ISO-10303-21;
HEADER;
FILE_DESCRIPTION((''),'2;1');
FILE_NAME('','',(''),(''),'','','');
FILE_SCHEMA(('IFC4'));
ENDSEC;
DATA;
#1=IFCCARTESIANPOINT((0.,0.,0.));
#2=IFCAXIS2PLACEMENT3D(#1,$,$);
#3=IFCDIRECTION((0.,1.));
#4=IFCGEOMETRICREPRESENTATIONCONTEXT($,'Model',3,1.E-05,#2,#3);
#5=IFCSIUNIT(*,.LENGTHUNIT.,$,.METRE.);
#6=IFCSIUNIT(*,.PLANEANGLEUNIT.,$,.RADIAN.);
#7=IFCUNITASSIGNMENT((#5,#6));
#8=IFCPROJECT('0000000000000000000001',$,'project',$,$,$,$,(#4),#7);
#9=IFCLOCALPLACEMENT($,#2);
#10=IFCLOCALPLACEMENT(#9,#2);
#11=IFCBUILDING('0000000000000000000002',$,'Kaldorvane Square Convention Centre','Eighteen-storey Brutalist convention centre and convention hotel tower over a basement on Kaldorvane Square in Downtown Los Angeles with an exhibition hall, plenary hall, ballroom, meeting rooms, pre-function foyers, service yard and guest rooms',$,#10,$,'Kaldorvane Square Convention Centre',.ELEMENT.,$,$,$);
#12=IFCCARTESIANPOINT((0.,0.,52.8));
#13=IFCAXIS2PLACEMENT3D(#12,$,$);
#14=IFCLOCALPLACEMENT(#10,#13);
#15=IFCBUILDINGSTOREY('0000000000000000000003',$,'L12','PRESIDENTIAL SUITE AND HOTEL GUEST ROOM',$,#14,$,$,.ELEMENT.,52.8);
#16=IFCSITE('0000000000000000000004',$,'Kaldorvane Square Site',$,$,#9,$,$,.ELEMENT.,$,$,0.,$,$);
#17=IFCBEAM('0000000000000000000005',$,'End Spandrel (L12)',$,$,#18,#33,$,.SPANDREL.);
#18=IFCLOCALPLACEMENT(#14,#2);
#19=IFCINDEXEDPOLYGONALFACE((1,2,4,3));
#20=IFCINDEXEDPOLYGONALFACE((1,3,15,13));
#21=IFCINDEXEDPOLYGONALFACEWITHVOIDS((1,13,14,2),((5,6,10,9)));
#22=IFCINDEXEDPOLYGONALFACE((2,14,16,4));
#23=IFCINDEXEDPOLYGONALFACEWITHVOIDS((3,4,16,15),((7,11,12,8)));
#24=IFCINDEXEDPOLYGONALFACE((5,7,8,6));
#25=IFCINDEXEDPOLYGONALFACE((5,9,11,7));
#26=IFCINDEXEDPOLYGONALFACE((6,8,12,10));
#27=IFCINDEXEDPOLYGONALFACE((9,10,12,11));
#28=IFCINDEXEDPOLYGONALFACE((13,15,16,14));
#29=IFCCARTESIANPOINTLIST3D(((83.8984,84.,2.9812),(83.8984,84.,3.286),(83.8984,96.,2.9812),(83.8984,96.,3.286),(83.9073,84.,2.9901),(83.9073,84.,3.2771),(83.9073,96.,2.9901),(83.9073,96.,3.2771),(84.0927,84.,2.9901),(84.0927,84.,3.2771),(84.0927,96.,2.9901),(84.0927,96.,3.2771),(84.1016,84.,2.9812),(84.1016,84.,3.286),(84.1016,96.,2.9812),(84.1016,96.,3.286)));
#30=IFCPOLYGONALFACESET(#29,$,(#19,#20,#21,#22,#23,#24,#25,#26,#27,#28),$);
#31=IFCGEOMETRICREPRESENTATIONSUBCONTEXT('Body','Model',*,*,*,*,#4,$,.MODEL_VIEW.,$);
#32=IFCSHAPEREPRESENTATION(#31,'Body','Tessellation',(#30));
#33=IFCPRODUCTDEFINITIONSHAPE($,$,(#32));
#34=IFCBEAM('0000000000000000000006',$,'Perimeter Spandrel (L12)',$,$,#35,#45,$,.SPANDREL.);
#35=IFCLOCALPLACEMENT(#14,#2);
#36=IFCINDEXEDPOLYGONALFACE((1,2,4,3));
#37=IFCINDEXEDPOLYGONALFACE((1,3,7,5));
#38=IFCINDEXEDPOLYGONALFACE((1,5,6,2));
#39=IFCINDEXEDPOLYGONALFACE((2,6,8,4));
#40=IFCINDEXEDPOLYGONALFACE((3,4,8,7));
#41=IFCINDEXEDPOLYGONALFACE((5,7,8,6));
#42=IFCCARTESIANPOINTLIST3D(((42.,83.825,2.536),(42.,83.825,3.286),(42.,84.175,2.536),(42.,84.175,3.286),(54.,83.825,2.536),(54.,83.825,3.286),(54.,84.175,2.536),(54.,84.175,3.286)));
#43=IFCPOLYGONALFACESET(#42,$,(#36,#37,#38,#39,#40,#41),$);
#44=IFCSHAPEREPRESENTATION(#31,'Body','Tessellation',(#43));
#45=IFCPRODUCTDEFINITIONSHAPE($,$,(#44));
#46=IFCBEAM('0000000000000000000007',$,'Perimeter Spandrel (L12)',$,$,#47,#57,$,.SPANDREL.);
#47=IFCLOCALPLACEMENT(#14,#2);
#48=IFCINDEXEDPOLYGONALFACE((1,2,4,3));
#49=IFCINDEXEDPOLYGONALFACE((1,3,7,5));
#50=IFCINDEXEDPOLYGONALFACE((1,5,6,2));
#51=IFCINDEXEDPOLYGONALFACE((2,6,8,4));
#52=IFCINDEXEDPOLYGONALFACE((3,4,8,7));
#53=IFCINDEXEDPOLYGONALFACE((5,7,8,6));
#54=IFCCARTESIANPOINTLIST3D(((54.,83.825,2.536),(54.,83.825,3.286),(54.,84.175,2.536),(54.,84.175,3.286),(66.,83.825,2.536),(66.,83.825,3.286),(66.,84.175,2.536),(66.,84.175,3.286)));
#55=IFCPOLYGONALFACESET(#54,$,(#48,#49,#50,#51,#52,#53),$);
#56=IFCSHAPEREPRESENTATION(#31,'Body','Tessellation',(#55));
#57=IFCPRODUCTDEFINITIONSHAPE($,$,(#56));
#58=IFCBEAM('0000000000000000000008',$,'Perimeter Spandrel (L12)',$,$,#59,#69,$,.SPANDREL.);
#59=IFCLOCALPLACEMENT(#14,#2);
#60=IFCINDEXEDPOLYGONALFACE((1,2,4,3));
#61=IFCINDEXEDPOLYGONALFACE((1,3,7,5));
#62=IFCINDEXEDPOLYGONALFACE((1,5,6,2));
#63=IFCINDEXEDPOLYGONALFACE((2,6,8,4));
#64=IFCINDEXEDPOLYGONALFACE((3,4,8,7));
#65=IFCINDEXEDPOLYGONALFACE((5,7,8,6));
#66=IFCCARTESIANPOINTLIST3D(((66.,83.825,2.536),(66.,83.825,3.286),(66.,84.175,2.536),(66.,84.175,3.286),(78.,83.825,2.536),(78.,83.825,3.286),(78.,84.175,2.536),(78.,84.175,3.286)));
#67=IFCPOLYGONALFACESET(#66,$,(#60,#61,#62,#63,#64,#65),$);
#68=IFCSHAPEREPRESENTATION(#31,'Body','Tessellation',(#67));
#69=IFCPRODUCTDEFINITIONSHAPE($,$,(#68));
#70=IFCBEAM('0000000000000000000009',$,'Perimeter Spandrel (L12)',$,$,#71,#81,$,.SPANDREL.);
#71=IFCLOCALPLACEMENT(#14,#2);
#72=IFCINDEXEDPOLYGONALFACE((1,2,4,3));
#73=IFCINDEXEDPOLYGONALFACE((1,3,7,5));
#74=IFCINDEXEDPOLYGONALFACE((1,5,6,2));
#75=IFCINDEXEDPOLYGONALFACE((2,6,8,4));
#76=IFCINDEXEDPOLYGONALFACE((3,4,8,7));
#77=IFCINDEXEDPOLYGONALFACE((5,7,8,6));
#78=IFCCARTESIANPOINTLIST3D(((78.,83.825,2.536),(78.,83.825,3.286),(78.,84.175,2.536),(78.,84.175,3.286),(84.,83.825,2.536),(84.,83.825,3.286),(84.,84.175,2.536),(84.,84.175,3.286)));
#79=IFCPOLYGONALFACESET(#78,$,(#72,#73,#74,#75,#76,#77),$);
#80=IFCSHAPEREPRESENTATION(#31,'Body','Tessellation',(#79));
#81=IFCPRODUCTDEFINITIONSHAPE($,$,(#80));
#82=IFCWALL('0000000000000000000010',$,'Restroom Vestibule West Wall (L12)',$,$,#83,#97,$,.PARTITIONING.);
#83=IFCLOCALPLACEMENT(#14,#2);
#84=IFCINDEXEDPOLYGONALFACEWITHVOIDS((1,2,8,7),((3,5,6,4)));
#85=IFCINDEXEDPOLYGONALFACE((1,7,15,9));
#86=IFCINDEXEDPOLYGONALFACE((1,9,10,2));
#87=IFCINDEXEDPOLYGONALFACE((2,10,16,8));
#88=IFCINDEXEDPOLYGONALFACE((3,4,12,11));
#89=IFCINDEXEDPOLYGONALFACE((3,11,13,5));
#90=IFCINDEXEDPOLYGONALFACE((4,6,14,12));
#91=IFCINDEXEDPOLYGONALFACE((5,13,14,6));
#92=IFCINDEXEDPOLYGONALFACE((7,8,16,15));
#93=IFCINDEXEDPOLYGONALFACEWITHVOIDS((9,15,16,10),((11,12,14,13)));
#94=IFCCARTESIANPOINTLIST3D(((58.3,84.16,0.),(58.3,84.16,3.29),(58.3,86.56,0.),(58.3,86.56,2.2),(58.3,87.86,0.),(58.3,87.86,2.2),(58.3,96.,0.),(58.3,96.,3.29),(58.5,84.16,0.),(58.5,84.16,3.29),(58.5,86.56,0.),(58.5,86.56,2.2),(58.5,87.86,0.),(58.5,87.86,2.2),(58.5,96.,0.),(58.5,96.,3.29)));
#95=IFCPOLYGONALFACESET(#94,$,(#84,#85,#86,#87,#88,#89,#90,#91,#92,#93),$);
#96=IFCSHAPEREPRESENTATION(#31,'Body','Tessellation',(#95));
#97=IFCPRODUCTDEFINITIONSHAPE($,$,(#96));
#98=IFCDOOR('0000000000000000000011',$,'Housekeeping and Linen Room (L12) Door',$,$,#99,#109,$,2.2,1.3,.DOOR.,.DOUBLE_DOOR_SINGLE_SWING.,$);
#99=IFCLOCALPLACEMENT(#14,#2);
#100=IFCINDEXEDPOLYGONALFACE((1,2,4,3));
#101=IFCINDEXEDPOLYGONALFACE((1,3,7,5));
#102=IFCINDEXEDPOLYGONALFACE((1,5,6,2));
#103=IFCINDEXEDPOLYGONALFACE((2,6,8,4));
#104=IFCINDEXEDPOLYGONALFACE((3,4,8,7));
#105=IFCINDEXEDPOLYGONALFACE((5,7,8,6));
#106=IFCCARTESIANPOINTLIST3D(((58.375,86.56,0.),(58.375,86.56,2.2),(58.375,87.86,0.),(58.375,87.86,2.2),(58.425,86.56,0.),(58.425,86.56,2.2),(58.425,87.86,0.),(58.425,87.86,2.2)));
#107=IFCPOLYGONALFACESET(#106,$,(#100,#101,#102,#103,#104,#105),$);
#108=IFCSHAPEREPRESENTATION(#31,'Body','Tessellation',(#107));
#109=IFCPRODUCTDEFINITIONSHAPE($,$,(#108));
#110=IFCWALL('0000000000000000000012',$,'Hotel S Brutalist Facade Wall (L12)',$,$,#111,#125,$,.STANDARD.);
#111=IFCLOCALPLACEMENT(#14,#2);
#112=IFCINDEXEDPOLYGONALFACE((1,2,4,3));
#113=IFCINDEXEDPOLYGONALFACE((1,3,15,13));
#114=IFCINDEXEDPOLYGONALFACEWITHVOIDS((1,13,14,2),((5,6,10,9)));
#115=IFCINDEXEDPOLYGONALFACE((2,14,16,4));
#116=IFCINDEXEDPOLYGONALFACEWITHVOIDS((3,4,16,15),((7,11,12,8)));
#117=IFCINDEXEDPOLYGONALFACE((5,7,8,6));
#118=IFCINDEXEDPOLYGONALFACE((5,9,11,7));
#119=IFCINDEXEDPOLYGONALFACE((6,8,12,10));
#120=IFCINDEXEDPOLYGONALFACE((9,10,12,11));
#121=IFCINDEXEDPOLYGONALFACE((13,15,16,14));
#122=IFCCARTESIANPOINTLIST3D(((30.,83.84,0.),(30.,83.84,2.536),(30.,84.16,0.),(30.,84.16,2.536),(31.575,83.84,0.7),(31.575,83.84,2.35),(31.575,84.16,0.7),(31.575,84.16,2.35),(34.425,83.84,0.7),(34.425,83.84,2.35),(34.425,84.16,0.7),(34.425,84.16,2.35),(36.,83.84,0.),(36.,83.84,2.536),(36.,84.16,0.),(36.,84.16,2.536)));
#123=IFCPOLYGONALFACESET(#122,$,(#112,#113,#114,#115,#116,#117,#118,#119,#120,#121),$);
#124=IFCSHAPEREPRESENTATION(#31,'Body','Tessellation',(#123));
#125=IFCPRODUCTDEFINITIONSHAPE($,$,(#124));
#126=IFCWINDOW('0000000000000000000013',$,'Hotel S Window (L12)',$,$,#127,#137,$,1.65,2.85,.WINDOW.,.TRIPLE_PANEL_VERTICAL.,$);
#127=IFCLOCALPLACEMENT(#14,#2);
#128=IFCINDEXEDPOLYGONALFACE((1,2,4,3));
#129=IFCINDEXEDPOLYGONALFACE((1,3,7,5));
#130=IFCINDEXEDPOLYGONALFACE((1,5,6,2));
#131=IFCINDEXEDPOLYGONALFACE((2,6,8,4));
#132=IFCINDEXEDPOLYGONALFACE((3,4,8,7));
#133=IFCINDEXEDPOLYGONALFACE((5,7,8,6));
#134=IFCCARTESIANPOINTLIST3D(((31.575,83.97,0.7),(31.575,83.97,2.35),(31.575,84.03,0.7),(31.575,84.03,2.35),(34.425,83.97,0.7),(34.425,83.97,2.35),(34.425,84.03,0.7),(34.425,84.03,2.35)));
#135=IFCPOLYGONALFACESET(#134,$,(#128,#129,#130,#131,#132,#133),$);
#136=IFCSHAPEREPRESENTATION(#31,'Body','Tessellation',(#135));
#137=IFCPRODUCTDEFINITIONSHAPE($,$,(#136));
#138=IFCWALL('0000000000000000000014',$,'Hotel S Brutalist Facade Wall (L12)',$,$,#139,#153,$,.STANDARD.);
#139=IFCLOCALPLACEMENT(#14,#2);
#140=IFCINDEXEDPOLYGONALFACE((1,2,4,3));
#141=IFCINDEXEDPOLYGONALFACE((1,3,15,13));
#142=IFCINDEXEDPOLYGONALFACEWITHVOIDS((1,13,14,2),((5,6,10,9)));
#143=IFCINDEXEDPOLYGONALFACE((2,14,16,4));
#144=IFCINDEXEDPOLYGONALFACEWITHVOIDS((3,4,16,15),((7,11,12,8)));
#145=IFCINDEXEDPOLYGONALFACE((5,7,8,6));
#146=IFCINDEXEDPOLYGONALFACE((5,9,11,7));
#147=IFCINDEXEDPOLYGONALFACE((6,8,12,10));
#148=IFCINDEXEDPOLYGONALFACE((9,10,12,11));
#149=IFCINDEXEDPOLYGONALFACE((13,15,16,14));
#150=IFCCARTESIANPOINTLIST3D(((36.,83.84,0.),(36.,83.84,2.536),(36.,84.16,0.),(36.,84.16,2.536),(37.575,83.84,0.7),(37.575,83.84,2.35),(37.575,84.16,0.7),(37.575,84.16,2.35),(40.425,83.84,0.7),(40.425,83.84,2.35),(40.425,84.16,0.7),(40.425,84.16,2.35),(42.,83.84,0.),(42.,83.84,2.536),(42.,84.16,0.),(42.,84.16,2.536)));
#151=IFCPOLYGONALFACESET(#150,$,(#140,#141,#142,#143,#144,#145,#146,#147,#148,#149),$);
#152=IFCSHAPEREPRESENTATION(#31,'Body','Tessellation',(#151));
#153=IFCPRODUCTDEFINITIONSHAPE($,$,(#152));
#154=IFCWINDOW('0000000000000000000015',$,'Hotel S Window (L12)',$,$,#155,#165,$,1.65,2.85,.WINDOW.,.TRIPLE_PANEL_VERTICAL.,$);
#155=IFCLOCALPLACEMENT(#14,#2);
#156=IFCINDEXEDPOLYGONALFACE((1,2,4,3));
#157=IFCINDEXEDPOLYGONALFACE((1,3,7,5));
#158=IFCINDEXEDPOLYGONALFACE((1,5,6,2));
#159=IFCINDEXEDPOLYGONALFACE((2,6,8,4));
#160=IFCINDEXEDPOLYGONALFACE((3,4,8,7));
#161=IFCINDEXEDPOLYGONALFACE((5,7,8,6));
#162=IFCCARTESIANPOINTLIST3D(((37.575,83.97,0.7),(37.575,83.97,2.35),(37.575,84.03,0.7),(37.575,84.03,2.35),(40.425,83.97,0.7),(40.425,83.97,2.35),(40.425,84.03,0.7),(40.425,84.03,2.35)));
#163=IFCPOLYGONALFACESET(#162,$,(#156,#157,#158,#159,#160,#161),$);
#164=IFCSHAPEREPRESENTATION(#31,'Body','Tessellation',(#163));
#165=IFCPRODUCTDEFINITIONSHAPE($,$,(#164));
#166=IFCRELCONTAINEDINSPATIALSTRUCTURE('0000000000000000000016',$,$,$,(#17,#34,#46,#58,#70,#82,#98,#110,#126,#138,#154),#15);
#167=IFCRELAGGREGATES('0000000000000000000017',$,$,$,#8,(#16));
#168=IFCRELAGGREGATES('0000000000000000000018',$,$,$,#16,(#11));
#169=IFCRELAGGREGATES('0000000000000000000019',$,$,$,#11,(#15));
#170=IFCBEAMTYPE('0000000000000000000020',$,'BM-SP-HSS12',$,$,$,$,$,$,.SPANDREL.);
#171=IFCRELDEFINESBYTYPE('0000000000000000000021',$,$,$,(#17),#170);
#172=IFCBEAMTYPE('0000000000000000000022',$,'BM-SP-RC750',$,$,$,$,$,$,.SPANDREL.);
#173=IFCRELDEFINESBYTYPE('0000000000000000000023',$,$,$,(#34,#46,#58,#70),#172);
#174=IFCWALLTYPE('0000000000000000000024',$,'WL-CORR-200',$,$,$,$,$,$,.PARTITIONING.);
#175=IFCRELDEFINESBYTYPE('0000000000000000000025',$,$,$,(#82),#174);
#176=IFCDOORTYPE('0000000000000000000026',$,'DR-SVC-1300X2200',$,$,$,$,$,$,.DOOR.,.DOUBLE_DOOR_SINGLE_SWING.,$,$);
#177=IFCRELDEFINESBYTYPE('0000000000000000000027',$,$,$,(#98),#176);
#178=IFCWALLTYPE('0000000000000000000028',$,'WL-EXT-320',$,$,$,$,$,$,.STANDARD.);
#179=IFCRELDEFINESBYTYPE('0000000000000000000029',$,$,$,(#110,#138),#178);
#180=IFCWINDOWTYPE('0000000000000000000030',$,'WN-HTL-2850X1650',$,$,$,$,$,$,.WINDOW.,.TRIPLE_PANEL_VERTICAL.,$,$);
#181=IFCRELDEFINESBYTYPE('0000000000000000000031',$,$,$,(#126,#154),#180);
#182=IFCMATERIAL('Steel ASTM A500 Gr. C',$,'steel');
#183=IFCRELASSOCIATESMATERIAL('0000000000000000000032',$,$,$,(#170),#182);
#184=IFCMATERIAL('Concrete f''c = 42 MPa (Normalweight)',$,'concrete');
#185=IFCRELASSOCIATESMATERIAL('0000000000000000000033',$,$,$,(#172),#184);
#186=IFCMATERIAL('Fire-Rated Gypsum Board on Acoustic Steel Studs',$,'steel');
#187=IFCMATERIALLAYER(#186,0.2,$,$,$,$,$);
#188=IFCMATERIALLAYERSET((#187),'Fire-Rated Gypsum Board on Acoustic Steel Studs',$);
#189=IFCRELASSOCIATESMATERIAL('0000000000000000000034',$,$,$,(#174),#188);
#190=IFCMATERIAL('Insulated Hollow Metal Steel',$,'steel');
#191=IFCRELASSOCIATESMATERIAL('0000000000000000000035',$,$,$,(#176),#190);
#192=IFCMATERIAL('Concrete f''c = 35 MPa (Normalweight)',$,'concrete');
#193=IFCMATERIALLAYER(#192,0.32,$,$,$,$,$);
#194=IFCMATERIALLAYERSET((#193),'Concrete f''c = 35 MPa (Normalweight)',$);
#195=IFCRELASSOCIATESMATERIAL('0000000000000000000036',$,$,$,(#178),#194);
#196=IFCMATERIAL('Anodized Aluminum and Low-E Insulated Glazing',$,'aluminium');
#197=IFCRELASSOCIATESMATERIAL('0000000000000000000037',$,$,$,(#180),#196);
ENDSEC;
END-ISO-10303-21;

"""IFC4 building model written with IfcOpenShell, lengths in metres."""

from ifc_helpers import new_model, si_unit, direction, frame, frame_2d, origin, origin_2d, place, context, subcontext, project, spatial, rectangle, hollow_rectangle, extrude, material, layer, layer_set, material_profile, profile_set, type_object, element, fill, save


model = new_model("IFC4")

# Units and contexts
model_context = context("Model", 3, precision=1e-05, world=origin(), true_north=direction((0.0, 1.0)))
body_context = subcontext(model_context, "Body", "Model", "MODEL_VIEW")
ifc_project = project(units=[si_unit("LENGTHUNIT", "METRE"), si_unit("PLANEANGLEUNIT", "RADIAN")], contexts=[model_context])

# Site, building, storey
site_placement = place(None, origin())
site = spatial("IfcSite", under=ifc_project, at=site_placement, Name="Kaldorvane Square Site", CompositionType="ELEMENT", RefElevation=0.0)
building_placement = place(site_placement, origin())
building = spatial("IfcBuilding", under=site, at=building_placement, Name="Kaldorvane Square Convention Centre", Description="Eighteen-storey Brutalist convention centre and convention hotel tower over a basement on Kaldorvane Square in Downtown Los Angeles with an exhibition hall, plenary hall, ballroom, meeting rooms, pre-function foyers, service yard and guest rooms", LongName="Kaldorvane Square Convention Centre", CompositionType="ELEMENT")
storey_placement = place(building_placement, frame((0.0, 0.0, 52.8)))
storey = spatial("IfcBuildingStorey", under=building, at=storey_placement, Name="L12", Description="PRESIDENTIAL SUITE AND HOTEL GUEST ROOM", CompositionType="ELEMENT", Elevation=52.8)

# Beams
ifc_material_1 = material(Name="Steel ASTM A500 Gr. C", Category="steel")
ifc_material_profile_1 = material_profile(ifc_material_1, hollow_rectangle(XDim=0.2032, YDim=0.3048, WallThickness=0.0089, at=origin_2d()), Name="HSS12X8X3/8")
ifc_profile_set_1 = profile_set([ifc_material_profile_1], Name="Steel ASTM A500 Gr. C")
beam_type_1 = type_object("IfcBeamType", Name="BM-SP-HSS12", PredefinedType="SPANDREL", material=ifc_profile_set_1)
for number, where, z_axis, x_axis, name in (
    (1, (84.0, 84.0, 3.1336), (0.0, 1.0, 0.0), (-1.0, 0.0, 0.0), "End Spandrel (L12)"),
):
    element("IfcBeam", number, at=place(storey_placement, frame(where, z_axis=z_axis, x_axis=x_axis)), inside=storey, type_object=beam_type_1, Name=name, PredefinedType="SPANDREL", context=body_context, shape_type="SweptSolid", body=[
        extrude(hollow_rectangle(XDim=0.2032, YDim=0.3048, WallThickness=0.0089, at=origin_2d()), origin(), (0.0, 0.0, 1.0), 12.0),
    ])
ifc_material_2 = material(Name="Concrete f'c = 42 MPa (Normalweight)", Category="concrete")
ifc_material_profile_2 = material_profile(ifc_material_2, rectangle(XDim=0.35, YDim=0.75, at=origin_2d()), Name="RCSP750X350")
ifc_profile_set_2 = profile_set([ifc_material_profile_2], Name="Concrete f'c = 42 MPa (Normalweight)")
beam_type_2 = type_object("IfcBeamType", Name="BM-SP-RC750", PredefinedType="SPANDREL", material=ifc_profile_set_2)
for number, where, z_axis, x_axis, name in (
    (2, (42.0, 84.0, 2.911), (1.0, 0.0, 0.0), (0.0, 1.0, 0.0), "Perimeter Spandrel (L12)"),
    (3, (54.0, 84.0, 2.911), (1.0, 0.0, 0.0), (0.0, 1.0, 0.0), "Perimeter Spandrel (L12)"),
    (4, (66.0, 84.0, 2.911), (1.0, 0.0, 0.0), (0.0, 1.0, 0.0), "Perimeter Spandrel (L12)"),
):
    element("IfcBeam", number, at=place(storey_placement, frame(where, z_axis=z_axis, x_axis=x_axis)), inside=storey, type_object=beam_type_2, Name=name, PredefinedType="SPANDREL", context=body_context, shape_type="SweptSolid", body=[
        extrude(rectangle(XDim=0.35, YDim=0.75, at=origin_2d()), origin(), (0.0, 0.0, 1.0), 12.0),
    ])
beam_placement = place(storey_placement, frame((78.0, 84.0, 2.911), z_axis=(1.0, 0.0, 0.0), x_axis=(0.0, 1.0, 0.0)))
element("IfcBeam", 5, at=beam_placement, inside=storey, type_object=beam_type_2, Name="Perimeter Spandrel (L12)", PredefinedType="SPANDREL", context=body_context, shape_type="SweptSolid", body=[
    extrude(rectangle(XDim=0.35, YDim=0.75, at=origin_2d()), origin(), (0.0, 0.0, 1.0), 6.0),
])

# Wall, opening, door
ifc_material_3 = material(Name="Fire-Rated Gypsum Board on Acoustic Steel Studs", Category="steel")
ifc_layer_1 = layer(ifc_material_3, 0.2)
ifc_layer_set_1 = layer_set([ifc_layer_1], Name="Fire-Rated Gypsum Board on Acoustic Steel Studs")
wall_type_1 = type_object("IfcWallType", Name="WL-CORR-200", PredefinedType="PARTITIONING", material=ifc_layer_set_1)
wall_1_placement = place(storey_placement, frame((58.4, 84.16, 0.0), z_axis=(0.0, 0.0, 1.0), x_axis=(0.0, 1.0, 0.0)))
wall_1 = element("IfcWall", 6, at=wall_1_placement, inside=storey, type_object=wall_type_1, Name="Restroom Vestibule West Wall (L12)", PredefinedType="PARTITIONING", context=body_context, shape_type="SweptSolid", body=[
    extrude(rectangle(XDim=11.84, YDim=0.2, at=frame_2d((5.92, 0.0))), origin(), (0.0, 0.0, 1.0), 3.29),
])
opening_1_placement = place(wall_1_placement, frame((2.4, 0.0, 0.0)))
opening_1 = element("IfcOpeningElement", 7, at=opening_1_placement, cuts=wall_1, PredefinedType="OPENING", context=body_context, shape_type="SweptSolid", body=[
    extrude(rectangle(XDim=1.3, YDim=2.2, at=frame_2d((0.65, 1.1))), frame((0.0, 0.115, 0.0), z_axis=(0.0, -1.0, 0.0), x_axis=(1.0, 0.0, 0.0)), (0.0, 0.0, 1.0), 0.23),
])
ifc_material_4 = material(Name="Insulated Hollow Metal Steel", Category="steel")
door_type = type_object("IfcDoorType", Name="DR-SVC-1300X2200", OperationType="DOUBLE_DOOR_SINGLE_SWING", PredefinedType="DOOR", material=ifc_material_4)
door_placement = place(opening_1_placement, origin())
door = element("IfcDoor", 8, at=door_placement, inside=storey, type_object=door_type, Name="Housekeeping and Linen Room (L12) Door", OperationType="DOUBLE_DOOR_SINGLE_SWING", OverallHeight=2.2, OverallWidth=1.3, PredefinedType="DOOR", context=body_context, shape_type="SweptSolid", body=[
    extrude(rectangle(XDim=1.3, YDim=2.2, at=frame_2d((0.65, 1.1))), frame((0.0, 0.025, 0.0), z_axis=(0.0, -1.0, 0.0), x_axis=(1.0, 0.0, 0.0)), (0.0, 0.0, 1.0), 0.05),
])
fill(opening_1, door)

# Walls, openings, windows
ifc_material_5 = material(Name="Concrete f'c = 35 MPa (Normalweight)", Category="concrete")
ifc_layer_2 = layer(ifc_material_5, 0.32)
ifc_layer_set_2 = layer_set([ifc_layer_2], Name="Concrete f'c = 35 MPa (Normalweight)")
wall_type_2 = type_object("IfcWallType", Name="WL-EXT-320", PredefinedType="STANDARD", material=ifc_layer_set_2)
wall_2_placement = place(storey_placement, frame((30.0, 84.0, 0.0), z_axis=(0.0, 0.0, 1.0), x_axis=(1.0, 0.0, 0.0)))
wall_2 = element("IfcWall", 9, at=wall_2_placement, inside=storey, type_object=wall_type_2, Name="Hotel S Brutalist Facade Wall (L12)", PredefinedType="STANDARD", context=body_context, shape_type="SweptSolid", body=[
    extrude(rectangle(XDim=6.0, YDim=0.32, at=frame_2d((3.0, 0.0))), origin(), (0.0, 0.0, 1.0), 2.536),
])
opening_2_placement = place(wall_2_placement, frame((1.575, 0.0, 0.7)))
opening_2 = element("IfcOpeningElement", 10, at=opening_2_placement, cuts=wall_2, PredefinedType="OPENING", context=body_context, shape_type="SweptSolid", body=[
    extrude(rectangle(XDim=2.85, YDim=1.65, at=frame_2d((1.425, 0.825))), frame((0.0, 0.175, 0.0), z_axis=(0.0, -1.0, 0.0), x_axis=(1.0, 0.0, 0.0)), (0.0, 0.0, 1.0), 0.35),
])
ifc_material_6 = material(Name="Anodized Aluminum and Low-E Insulated Glazing", Category="aluminium")
window_type_1 = type_object("IfcWindowType", Name="WN-HTL-2850X1650", PartitioningType="TRIPLE_PANEL_VERTICAL", PredefinedType="WINDOW", material=ifc_material_6)
window_1_placement = place(opening_2_placement, origin())
window_1 = element("IfcWindow", 11, at=window_1_placement, inside=storey, type_object=window_type_1, Name="Hotel S Window (L12)", OverallHeight=1.65, OverallWidth=2.85, PartitioningType="TRIPLE_PANEL_VERTICAL", PredefinedType="WINDOW", context=body_context, shape_type="SweptSolid", body=[
    extrude(rectangle(XDim=2.85, YDim=1.65, at=frame_2d((1.425, 0.825))), frame((0.0, 0.03, 0.0), z_axis=(0.0, -1.0, 0.0), x_axis=(1.0, 0.0, 0.0)), (0.0, 0.0, 1.0), 0.06),
])
fill(opening_2, window_1)
wall_3_placement = place(storey_placement, frame((36.0, 84.0, 0.0), z_axis=(0.0, 0.0, 1.0), x_axis=(1.0, 0.0, 0.0)))
wall_3 = element("IfcWall", 12, at=wall_3_placement, inside=storey, type_object=wall_type_2, Name="Hotel S Brutalist Facade Wall (L12)", PredefinedType="STANDARD", context=body_context, shape_type="SweptSolid", body=[
    extrude(rectangle(XDim=6.0, YDim=0.32, at=frame_2d((3.0, 0.0))), origin(), (0.0, 0.0, 1.0), 2.536),
])
opening_3_placement = place(wall_3_placement, frame((1.575, 0.0, 0.7)))
opening_3 = element("IfcOpeningElement", 13, at=opening_3_placement, cuts=wall_3, PredefinedType="OPENING", context=body_context, shape_type="SweptSolid", body=[
    extrude(rectangle(XDim=2.85, YDim=1.65, at=frame_2d((1.425, 0.825))), frame((0.0, 0.175, 0.0), z_axis=(0.0, -1.0, 0.0), x_axis=(1.0, 0.0, 0.0)), (0.0, 0.0, 1.0), 0.35),
])
window_2_placement = place(opening_3_placement, origin())
window_2 = element("IfcWindow", 14, at=window_2_placement, inside=storey, type_object=window_type_1, Name="Hotel S Window (L12)", OverallHeight=1.65, OverallWidth=2.85, PartitioningType="TRIPLE_PANEL_VERTICAL", PredefinedType="WINDOW", context=body_context, shape_type="SweptSolid", body=[
    extrude(rectangle(XDim=2.85, YDim=1.65, at=frame_2d((1.425, 0.825))), frame((0.0, 0.03, 0.0), z_axis=(0.0, -1.0, 0.0), x_axis=(1.0, 0.0, 0.0)), (0.0, 0.0, 1.0), 0.06),
])
fill(opening_3, window_2)

save(model, "model.ifc")
